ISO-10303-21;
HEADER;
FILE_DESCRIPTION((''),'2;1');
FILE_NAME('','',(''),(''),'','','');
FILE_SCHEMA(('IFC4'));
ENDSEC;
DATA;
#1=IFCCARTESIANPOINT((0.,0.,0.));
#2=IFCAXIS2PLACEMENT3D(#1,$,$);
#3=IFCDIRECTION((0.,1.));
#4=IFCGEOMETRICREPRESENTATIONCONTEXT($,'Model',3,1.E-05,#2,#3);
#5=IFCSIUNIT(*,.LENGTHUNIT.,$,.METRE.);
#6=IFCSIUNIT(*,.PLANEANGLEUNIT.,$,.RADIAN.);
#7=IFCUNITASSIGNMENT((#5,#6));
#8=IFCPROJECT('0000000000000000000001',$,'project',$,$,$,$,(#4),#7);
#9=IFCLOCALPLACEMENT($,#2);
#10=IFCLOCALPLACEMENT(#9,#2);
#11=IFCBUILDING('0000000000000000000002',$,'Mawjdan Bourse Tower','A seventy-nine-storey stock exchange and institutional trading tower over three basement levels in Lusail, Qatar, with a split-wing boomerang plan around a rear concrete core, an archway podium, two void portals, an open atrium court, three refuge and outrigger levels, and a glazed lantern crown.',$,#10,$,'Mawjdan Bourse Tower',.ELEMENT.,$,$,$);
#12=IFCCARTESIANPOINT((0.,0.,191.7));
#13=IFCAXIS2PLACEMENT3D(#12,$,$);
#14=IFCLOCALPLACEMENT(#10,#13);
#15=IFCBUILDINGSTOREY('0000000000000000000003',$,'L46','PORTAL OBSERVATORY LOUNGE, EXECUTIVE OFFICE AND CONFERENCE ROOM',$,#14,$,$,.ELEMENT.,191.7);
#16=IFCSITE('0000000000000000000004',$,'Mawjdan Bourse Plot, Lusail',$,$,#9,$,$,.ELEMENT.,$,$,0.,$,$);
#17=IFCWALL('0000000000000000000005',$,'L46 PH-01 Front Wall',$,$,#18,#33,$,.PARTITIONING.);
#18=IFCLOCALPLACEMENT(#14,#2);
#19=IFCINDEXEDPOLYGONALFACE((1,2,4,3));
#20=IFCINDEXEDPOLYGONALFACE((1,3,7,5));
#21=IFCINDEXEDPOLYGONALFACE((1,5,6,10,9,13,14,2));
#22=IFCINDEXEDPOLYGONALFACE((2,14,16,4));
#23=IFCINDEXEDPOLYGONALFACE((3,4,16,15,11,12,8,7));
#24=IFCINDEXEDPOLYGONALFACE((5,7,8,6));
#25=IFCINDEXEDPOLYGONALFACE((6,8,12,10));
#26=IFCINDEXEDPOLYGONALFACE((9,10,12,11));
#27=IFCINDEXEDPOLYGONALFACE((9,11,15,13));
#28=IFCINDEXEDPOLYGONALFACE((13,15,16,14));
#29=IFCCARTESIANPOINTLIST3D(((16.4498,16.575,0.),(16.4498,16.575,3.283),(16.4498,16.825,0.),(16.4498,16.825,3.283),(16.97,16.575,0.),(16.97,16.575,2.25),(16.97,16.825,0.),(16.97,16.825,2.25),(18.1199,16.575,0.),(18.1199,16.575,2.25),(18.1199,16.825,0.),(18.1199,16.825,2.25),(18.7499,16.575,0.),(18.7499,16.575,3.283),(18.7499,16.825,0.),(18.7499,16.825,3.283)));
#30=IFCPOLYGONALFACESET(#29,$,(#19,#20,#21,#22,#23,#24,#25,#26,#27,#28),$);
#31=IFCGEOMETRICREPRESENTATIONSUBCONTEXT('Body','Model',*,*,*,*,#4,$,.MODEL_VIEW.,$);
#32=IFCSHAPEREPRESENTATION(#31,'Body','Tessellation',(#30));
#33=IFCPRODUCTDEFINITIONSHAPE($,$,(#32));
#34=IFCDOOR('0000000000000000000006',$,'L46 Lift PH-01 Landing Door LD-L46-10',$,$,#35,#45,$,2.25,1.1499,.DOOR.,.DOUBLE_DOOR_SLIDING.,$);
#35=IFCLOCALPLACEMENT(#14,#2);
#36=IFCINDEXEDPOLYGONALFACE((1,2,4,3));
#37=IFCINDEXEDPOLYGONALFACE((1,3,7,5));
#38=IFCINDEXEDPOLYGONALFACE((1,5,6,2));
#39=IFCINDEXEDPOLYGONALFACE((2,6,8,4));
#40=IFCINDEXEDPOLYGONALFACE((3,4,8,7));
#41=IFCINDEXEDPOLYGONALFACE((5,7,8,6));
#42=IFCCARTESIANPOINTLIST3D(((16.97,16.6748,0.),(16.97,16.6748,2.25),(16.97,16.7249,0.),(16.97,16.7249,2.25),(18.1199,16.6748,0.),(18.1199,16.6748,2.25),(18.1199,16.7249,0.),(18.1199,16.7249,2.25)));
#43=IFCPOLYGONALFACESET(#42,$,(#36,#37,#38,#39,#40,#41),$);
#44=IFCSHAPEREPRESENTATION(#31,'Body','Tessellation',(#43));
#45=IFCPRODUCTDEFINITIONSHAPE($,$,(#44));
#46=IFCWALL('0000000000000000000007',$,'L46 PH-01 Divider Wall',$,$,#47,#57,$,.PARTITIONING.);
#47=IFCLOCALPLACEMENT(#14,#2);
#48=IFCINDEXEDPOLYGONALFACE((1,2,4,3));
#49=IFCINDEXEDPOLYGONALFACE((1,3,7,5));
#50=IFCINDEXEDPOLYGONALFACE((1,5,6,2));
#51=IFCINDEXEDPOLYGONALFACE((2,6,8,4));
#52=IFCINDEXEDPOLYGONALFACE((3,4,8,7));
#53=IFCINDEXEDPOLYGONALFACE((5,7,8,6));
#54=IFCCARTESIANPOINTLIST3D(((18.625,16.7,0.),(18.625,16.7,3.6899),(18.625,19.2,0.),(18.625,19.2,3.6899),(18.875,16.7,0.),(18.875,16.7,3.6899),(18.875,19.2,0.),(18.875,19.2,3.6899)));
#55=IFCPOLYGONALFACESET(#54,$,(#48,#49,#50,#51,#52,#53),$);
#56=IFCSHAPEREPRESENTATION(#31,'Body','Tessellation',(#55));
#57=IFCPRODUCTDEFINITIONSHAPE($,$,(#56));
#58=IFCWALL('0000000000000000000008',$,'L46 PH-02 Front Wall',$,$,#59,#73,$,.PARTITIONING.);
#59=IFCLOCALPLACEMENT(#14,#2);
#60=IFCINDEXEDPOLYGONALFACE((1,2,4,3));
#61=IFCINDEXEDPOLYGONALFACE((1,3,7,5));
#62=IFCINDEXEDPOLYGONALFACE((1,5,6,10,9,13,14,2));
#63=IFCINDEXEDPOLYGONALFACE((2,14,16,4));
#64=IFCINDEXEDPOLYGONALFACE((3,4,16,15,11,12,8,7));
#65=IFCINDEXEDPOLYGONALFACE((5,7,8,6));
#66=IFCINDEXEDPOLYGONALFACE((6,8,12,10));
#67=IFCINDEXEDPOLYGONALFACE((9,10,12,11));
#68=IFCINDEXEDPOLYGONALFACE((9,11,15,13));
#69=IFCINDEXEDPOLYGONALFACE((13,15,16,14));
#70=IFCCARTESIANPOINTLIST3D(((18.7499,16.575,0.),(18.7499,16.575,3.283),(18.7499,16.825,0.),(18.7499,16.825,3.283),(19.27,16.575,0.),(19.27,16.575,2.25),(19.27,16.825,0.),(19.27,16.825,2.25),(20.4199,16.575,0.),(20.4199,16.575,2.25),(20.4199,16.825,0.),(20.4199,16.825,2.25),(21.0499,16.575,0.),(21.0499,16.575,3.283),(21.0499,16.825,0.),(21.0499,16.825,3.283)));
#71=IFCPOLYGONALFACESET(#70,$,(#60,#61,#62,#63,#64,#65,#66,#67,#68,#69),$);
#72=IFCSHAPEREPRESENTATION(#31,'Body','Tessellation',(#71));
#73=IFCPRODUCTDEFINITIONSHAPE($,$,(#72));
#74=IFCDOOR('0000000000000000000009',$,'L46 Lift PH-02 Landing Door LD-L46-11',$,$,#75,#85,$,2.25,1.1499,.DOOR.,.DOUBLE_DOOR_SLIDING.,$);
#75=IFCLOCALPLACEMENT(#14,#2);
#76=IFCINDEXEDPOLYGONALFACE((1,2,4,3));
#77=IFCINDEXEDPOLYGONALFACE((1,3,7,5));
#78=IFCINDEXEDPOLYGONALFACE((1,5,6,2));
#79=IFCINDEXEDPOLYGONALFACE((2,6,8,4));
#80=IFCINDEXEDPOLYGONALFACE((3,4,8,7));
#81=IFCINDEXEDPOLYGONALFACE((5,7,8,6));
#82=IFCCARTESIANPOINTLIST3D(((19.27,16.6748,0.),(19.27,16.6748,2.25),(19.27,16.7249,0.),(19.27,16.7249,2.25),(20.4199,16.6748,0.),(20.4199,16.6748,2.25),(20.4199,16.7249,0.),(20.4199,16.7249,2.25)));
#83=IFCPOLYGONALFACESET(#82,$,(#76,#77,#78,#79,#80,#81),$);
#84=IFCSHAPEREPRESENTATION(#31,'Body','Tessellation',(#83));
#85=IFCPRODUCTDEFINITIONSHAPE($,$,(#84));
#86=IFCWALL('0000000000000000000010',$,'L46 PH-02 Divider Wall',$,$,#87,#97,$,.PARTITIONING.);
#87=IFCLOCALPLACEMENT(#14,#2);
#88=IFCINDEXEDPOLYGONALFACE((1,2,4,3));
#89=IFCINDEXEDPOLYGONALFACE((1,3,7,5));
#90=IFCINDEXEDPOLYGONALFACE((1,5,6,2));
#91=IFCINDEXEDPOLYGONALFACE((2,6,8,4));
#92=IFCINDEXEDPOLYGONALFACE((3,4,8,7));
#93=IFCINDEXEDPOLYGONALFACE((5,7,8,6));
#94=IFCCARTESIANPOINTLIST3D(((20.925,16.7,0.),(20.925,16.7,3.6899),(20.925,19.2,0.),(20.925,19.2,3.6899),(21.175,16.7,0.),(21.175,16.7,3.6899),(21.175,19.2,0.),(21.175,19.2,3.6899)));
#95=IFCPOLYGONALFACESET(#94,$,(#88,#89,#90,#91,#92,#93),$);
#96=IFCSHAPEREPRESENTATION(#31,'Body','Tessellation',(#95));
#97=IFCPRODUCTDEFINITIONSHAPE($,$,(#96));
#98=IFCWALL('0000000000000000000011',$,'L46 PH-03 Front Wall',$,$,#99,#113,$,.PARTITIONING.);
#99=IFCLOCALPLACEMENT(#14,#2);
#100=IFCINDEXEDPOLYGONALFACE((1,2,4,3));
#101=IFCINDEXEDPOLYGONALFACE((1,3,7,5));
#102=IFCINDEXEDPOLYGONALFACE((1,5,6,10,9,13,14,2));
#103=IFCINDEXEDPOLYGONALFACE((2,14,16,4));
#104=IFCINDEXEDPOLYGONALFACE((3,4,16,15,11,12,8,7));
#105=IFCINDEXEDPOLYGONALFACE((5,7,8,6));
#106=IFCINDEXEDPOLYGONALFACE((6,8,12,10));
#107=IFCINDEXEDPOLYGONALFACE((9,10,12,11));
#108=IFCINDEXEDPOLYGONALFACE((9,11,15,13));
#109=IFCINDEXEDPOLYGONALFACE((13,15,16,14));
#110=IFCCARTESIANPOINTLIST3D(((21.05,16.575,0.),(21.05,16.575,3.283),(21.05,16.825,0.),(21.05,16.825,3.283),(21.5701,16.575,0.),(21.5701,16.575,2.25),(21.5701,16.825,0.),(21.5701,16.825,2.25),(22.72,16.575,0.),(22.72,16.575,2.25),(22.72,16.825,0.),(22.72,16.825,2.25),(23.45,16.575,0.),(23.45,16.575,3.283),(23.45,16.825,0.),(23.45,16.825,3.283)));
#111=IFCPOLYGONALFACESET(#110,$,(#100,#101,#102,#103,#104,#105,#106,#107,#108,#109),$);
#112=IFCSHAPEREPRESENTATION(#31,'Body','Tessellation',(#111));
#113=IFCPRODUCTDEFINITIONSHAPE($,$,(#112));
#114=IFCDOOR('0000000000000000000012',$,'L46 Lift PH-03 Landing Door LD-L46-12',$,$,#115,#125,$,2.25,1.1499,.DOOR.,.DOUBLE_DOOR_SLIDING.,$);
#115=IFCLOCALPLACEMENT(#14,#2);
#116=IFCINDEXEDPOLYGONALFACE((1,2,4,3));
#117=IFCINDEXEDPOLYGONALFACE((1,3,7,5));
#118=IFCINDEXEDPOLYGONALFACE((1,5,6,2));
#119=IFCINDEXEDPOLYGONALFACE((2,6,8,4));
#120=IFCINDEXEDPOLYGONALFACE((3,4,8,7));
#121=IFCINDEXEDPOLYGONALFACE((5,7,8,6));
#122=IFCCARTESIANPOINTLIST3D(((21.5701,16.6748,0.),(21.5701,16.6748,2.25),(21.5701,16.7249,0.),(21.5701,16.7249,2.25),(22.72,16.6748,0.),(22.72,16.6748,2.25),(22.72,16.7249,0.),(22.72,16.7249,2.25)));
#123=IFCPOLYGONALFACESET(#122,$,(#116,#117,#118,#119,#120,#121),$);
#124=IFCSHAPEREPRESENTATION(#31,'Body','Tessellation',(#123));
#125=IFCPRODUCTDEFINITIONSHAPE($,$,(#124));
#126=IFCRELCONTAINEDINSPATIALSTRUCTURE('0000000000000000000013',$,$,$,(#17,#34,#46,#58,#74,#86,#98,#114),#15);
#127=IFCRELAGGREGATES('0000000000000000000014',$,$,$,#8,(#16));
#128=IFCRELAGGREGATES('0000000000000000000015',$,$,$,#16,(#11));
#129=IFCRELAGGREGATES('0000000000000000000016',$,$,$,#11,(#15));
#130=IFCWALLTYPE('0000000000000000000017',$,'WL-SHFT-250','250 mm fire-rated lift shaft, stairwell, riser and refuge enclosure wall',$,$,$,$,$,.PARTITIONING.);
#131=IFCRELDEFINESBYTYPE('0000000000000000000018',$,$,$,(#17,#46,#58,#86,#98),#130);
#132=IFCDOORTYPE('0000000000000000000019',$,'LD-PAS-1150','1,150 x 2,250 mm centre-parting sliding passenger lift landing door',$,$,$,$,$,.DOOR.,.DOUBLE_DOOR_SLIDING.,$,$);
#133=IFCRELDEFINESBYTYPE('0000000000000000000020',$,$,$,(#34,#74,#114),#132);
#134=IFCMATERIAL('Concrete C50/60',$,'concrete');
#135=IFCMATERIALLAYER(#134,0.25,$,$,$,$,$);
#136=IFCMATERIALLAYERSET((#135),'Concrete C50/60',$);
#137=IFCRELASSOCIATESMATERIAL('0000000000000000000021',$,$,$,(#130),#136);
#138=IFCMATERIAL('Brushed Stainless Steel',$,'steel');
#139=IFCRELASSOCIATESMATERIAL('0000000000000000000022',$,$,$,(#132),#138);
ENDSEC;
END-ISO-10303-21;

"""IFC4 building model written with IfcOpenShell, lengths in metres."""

from ifc_helpers import new_model, si_unit, direction, frame, frame_2d, origin, place, context, subcontext, project, spatial, rectangle, extrude, material, layer, layer_set, type_object, element, fill, save


model = new_model("IFC4")

# Units and contexts
model_context = context("Model", 3, precision=1e-05, world=origin(), true_north=direction((0.0, 1.0)))
body_context = subcontext(model_context, "Body", "Model", "MODEL_VIEW")
ifc_project = project(units=[si_unit("LENGTHUNIT", "METRE"), si_unit("PLANEANGLEUNIT", "RADIAN")], contexts=[model_context])

# Site, building, storey
site_placement = place(None, origin())
site = spatial("IfcSite", under=ifc_project, at=site_placement, Name="Mawjdan Bourse Plot, Lusail", CompositionType="ELEMENT", RefElevation=0.0)
building_placement = place(site_placement, origin())
building = spatial("IfcBuilding", under=site, at=building_placement, Name="Mawjdan Bourse Tower", Description="A seventy-nine-storey stock exchange and institutional trading tower over three basement levels in Lusail, Qatar, with a split-wing boomerang plan around a rear concrete core, an archway podium, two void portals, an open atrium court, three refuge and outrigger levels, and a glazed lantern crown.", LongName="Mawjdan Bourse Tower", CompositionType="ELEMENT")
storey_placement = place(building_placement, frame((0.0, 0.0, 191.7)))
storey = spatial("IfcBuildingStorey", under=building, at=storey_placement, Name="L46", Description="PORTAL OBSERVATORY LOUNGE, EXECUTIVE OFFICE AND CONFERENCE ROOM", CompositionType="ELEMENT", Elevation=191.7)

# Shared definitions
ifc_material_1 = material(Name="Concrete C50/60", Category="concrete")
ifc_layer_1 = layer(ifc_material_1, 0.25)
ifc_layer_set_1 = layer_set([ifc_layer_1], Name="Concrete C50/60")
wall_type_1 = type_object("IfcWallType", Name="WL-SHFT-250", Description="250 mm fire-rated lift shaft, stairwell, riser and refuge enclosure wall", PredefinedType="PARTITIONING", material=ifc_layer_set_1)

# Wall, opening, door
wall_1_placement = place(storey_placement, frame((16.45, 16.7, 0.0), z_axis=(0.0, 0.0, 1.0), x_axis=(1.0, 0.0, 0.0)))
wall_1 = element("IfcWall", 1, at=wall_1_placement, inside=storey, type_object=wall_type_1, Name="L46 PH-01 Front Wall", PredefinedType="PARTITIONING", context=body_context, shape_type="SweptSolid", body=[
    extrude(rectangle(XDim=2.3, YDim=0.25, at=frame_2d((1.1499, 0.0))), origin(), (0.0, 0.0, 1.0), 3.283),
])
opening_1_placement = place(wall_1_placement, frame((0.52, 0.0, 0.0)))
opening_1 = element("IfcOpeningElement", 2, at=opening_1_placement, cuts=wall_1, PredefinedType="OPENING", context=body_context, shape_type="SweptSolid", body=[
    extrude(rectangle(XDim=1.1499, YDim=2.25, at=frame_2d((0.575, 1.125))), frame((0.0, 0.135, 0.0), z_axis=(0.0, -1.0, 0.0), x_axis=(1.0, 0.0, 0.0)), (0.0, 0.0, 1.0), 0.27),
])
ifc_material_2 = material(Name="Brushed Stainless Steel", Category="steel")
door_type_1 = type_object("IfcDoorType", Name="LD-PAS-1150", Description="1,150 x 2,250 mm centre-parting sliding passenger lift landing door", OperationType="DOUBLE_DOOR_SLIDING", PredefinedType="DOOR", material=ifc_material_2)
door_1_placement = place(opening_1_placement, origin())
door_1 = element("IfcDoor", 3, at=door_1_placement, inside=storey, type_object=door_type_1, Name="L46 Lift PH-01 Landing Door LD-L46-10", OperationType="DOUBLE_DOOR_SLIDING", OverallHeight=2.25, OverallWidth=1.1499, PredefinedType="DOOR", context=body_context, shape_type="SweptSolid", body=[
    extrude(rectangle(XDim=1.1499, YDim=2.25, at=frame_2d((0.575, 1.125))), frame((0.0, 0.0249, 0.0), z_axis=(0.0, -1.0, 0.0), x_axis=(1.0, 0.0, 0.0)), (0.0, 0.0, 1.0), 0.05),
])
fill(opening_1, door_1)

# Wall
wall_2_placement = place(storey_placement, frame((18.75, 16.7, 0.0), z_axis=(0.0, 0.0, 1.0), x_axis=(0.0, 1.0, 0.0)))
element("IfcWall", 4, at=wall_2_placement, inside=storey, type_object=wall_type_1, Name="L46 PH-01 Divider Wall", PredefinedType="PARTITIONING", context=body_context, shape_type="SweptSolid", body=[
    extrude(rectangle(XDim=2.5, YDim=0.25, at=frame_2d((1.25, 0.0))), origin(), (0.0, 0.0, 1.0), 3.6899),
])

# Wall, opening, door
wall_3_placement = place(storey_placement, frame((18.75, 16.7, 0.0), z_axis=(0.0, 0.0, 1.0), x_axis=(1.0, 0.0, 0.0)))
wall_3 = element("IfcWall", 5, at=wall_3_placement, inside=storey, type_object=wall_type_1, Name="L46 PH-02 Front Wall", PredefinedType="PARTITIONING", context=body_context, shape_type="SweptSolid", body=[
    extrude(rectangle(XDim=2.3, YDim=0.25, at=frame_2d((1.1499, 0.0))), origin(), (0.0, 0.0, 1.0), 3.283),
])
opening_2_placement = place(wall_3_placement, frame((0.52, 0.0, 0.0)))
opening_2 = element("IfcOpeningElement", 6, at=opening_2_placement, cuts=wall_3, PredefinedType="OPENING", context=body_context, shape_type="SweptSolid", body=[
    extrude(rectangle(XDim=1.1499, YDim=2.25, at=frame_2d((0.575, 1.125))), frame((0.0, 0.135, 0.0), z_axis=(0.0, -1.0, 0.0), x_axis=(1.0, 0.0, 0.0)), (0.0, 0.0, 1.0), 0.27),
])
door_2_placement = place(opening_2_placement, origin())
door_2 = element("IfcDoor", 7, at=door_2_placement, inside=storey, type_object=door_type_1, Name="L46 Lift PH-02 Landing Door LD-L46-11", OperationType="DOUBLE_DOOR_SLIDING", OverallHeight=2.25, OverallWidth=1.1499, PredefinedType="DOOR", context=body_context, shape_type="SweptSolid", body=[
    extrude(rectangle(XDim=1.1499, YDim=2.25, at=frame_2d((0.575, 1.125))), frame((0.0, 0.0249, 0.0), z_axis=(0.0, -1.0, 0.0), x_axis=(1.0, 0.0, 0.0)), (0.0, 0.0, 1.0), 0.05),
])
fill(opening_2, door_2)

# Wall
wall_4_placement = place(storey_placement, frame((21.05, 16.7, 0.0), z_axis=(0.0, 0.0, 1.0), x_axis=(0.0, 1.0, 0.0)))
element("IfcWall", 8, at=wall_4_placement, inside=storey, type_object=wall_type_1, Name="L46 PH-02 Divider Wall", PredefinedType="PARTITIONING", context=body_context, shape_type="SweptSolid", body=[
    extrude(rectangle(XDim=2.5, YDim=0.25, at=frame_2d((1.25, 0.0))), origin(), (0.0, 0.0, 1.0), 3.6899),
])

# Wall, opening, door
wall_5_placement = place(storey_placement, frame((21.05, 16.7, 0.0), z_axis=(0.0, 0.0, 1.0), x_axis=(1.0, 0.0, 0.0)))
wall_5 = element("IfcWall", 9, at=wall_5_placement, inside=storey, type_object=wall_type_1, Name="L46 PH-03 Front Wall", PredefinedType="PARTITIONING", context=body_context, shape_type="SweptSolid", body=[
    extrude(rectangle(XDim=2.3999, YDim=0.25, at=frame_2d((1.2, 0.0))), origin(), (0.0, 0.0, 1.0), 3.283),
])
opening_3_placement = place(wall_5_placement, frame((0.52, 0.0, 0.0)))
opening_3 = element("IfcOpeningElement", 10, at=opening_3_placement, cuts=wall_5, PredefinedType="OPENING", context=body_context, shape_type="SweptSolid", body=[
    extrude(rectangle(XDim=1.1499, YDim=2.25, at=frame_2d((0.575, 1.125))), frame((0.0, 0.135, 0.0), z_axis=(0.0, -1.0, 0.0), x_axis=(1.0, 0.0, 0.0)), (0.0, 0.0, 1.0), 0.27),
])
door_3_placement = place(opening_3_placement, origin())
door_3 = element("IfcDoor", 11, at=door_3_placement, inside=storey, type_object=door_type_1, Name="L46 Lift PH-03 Landing Door LD-L46-12", OperationType="DOUBLE_DOOR_SLIDING", OverallHeight=2.25, OverallWidth=1.1499, PredefinedType="DOOR", context=body_context, shape_type="SweptSolid", body=[
    extrude(rectangle(XDim=1.1499, YDim=2.25, at=frame_2d((0.575, 1.125))), frame((0.0, 0.0249, 0.0), z_axis=(0.0, -1.0, 0.0), x_axis=(1.0, 0.0, 0.0)), (0.0, 0.0, 1.0), 0.05),
])
fill(opening_3, door_3)

save(model, "model.ifc")
